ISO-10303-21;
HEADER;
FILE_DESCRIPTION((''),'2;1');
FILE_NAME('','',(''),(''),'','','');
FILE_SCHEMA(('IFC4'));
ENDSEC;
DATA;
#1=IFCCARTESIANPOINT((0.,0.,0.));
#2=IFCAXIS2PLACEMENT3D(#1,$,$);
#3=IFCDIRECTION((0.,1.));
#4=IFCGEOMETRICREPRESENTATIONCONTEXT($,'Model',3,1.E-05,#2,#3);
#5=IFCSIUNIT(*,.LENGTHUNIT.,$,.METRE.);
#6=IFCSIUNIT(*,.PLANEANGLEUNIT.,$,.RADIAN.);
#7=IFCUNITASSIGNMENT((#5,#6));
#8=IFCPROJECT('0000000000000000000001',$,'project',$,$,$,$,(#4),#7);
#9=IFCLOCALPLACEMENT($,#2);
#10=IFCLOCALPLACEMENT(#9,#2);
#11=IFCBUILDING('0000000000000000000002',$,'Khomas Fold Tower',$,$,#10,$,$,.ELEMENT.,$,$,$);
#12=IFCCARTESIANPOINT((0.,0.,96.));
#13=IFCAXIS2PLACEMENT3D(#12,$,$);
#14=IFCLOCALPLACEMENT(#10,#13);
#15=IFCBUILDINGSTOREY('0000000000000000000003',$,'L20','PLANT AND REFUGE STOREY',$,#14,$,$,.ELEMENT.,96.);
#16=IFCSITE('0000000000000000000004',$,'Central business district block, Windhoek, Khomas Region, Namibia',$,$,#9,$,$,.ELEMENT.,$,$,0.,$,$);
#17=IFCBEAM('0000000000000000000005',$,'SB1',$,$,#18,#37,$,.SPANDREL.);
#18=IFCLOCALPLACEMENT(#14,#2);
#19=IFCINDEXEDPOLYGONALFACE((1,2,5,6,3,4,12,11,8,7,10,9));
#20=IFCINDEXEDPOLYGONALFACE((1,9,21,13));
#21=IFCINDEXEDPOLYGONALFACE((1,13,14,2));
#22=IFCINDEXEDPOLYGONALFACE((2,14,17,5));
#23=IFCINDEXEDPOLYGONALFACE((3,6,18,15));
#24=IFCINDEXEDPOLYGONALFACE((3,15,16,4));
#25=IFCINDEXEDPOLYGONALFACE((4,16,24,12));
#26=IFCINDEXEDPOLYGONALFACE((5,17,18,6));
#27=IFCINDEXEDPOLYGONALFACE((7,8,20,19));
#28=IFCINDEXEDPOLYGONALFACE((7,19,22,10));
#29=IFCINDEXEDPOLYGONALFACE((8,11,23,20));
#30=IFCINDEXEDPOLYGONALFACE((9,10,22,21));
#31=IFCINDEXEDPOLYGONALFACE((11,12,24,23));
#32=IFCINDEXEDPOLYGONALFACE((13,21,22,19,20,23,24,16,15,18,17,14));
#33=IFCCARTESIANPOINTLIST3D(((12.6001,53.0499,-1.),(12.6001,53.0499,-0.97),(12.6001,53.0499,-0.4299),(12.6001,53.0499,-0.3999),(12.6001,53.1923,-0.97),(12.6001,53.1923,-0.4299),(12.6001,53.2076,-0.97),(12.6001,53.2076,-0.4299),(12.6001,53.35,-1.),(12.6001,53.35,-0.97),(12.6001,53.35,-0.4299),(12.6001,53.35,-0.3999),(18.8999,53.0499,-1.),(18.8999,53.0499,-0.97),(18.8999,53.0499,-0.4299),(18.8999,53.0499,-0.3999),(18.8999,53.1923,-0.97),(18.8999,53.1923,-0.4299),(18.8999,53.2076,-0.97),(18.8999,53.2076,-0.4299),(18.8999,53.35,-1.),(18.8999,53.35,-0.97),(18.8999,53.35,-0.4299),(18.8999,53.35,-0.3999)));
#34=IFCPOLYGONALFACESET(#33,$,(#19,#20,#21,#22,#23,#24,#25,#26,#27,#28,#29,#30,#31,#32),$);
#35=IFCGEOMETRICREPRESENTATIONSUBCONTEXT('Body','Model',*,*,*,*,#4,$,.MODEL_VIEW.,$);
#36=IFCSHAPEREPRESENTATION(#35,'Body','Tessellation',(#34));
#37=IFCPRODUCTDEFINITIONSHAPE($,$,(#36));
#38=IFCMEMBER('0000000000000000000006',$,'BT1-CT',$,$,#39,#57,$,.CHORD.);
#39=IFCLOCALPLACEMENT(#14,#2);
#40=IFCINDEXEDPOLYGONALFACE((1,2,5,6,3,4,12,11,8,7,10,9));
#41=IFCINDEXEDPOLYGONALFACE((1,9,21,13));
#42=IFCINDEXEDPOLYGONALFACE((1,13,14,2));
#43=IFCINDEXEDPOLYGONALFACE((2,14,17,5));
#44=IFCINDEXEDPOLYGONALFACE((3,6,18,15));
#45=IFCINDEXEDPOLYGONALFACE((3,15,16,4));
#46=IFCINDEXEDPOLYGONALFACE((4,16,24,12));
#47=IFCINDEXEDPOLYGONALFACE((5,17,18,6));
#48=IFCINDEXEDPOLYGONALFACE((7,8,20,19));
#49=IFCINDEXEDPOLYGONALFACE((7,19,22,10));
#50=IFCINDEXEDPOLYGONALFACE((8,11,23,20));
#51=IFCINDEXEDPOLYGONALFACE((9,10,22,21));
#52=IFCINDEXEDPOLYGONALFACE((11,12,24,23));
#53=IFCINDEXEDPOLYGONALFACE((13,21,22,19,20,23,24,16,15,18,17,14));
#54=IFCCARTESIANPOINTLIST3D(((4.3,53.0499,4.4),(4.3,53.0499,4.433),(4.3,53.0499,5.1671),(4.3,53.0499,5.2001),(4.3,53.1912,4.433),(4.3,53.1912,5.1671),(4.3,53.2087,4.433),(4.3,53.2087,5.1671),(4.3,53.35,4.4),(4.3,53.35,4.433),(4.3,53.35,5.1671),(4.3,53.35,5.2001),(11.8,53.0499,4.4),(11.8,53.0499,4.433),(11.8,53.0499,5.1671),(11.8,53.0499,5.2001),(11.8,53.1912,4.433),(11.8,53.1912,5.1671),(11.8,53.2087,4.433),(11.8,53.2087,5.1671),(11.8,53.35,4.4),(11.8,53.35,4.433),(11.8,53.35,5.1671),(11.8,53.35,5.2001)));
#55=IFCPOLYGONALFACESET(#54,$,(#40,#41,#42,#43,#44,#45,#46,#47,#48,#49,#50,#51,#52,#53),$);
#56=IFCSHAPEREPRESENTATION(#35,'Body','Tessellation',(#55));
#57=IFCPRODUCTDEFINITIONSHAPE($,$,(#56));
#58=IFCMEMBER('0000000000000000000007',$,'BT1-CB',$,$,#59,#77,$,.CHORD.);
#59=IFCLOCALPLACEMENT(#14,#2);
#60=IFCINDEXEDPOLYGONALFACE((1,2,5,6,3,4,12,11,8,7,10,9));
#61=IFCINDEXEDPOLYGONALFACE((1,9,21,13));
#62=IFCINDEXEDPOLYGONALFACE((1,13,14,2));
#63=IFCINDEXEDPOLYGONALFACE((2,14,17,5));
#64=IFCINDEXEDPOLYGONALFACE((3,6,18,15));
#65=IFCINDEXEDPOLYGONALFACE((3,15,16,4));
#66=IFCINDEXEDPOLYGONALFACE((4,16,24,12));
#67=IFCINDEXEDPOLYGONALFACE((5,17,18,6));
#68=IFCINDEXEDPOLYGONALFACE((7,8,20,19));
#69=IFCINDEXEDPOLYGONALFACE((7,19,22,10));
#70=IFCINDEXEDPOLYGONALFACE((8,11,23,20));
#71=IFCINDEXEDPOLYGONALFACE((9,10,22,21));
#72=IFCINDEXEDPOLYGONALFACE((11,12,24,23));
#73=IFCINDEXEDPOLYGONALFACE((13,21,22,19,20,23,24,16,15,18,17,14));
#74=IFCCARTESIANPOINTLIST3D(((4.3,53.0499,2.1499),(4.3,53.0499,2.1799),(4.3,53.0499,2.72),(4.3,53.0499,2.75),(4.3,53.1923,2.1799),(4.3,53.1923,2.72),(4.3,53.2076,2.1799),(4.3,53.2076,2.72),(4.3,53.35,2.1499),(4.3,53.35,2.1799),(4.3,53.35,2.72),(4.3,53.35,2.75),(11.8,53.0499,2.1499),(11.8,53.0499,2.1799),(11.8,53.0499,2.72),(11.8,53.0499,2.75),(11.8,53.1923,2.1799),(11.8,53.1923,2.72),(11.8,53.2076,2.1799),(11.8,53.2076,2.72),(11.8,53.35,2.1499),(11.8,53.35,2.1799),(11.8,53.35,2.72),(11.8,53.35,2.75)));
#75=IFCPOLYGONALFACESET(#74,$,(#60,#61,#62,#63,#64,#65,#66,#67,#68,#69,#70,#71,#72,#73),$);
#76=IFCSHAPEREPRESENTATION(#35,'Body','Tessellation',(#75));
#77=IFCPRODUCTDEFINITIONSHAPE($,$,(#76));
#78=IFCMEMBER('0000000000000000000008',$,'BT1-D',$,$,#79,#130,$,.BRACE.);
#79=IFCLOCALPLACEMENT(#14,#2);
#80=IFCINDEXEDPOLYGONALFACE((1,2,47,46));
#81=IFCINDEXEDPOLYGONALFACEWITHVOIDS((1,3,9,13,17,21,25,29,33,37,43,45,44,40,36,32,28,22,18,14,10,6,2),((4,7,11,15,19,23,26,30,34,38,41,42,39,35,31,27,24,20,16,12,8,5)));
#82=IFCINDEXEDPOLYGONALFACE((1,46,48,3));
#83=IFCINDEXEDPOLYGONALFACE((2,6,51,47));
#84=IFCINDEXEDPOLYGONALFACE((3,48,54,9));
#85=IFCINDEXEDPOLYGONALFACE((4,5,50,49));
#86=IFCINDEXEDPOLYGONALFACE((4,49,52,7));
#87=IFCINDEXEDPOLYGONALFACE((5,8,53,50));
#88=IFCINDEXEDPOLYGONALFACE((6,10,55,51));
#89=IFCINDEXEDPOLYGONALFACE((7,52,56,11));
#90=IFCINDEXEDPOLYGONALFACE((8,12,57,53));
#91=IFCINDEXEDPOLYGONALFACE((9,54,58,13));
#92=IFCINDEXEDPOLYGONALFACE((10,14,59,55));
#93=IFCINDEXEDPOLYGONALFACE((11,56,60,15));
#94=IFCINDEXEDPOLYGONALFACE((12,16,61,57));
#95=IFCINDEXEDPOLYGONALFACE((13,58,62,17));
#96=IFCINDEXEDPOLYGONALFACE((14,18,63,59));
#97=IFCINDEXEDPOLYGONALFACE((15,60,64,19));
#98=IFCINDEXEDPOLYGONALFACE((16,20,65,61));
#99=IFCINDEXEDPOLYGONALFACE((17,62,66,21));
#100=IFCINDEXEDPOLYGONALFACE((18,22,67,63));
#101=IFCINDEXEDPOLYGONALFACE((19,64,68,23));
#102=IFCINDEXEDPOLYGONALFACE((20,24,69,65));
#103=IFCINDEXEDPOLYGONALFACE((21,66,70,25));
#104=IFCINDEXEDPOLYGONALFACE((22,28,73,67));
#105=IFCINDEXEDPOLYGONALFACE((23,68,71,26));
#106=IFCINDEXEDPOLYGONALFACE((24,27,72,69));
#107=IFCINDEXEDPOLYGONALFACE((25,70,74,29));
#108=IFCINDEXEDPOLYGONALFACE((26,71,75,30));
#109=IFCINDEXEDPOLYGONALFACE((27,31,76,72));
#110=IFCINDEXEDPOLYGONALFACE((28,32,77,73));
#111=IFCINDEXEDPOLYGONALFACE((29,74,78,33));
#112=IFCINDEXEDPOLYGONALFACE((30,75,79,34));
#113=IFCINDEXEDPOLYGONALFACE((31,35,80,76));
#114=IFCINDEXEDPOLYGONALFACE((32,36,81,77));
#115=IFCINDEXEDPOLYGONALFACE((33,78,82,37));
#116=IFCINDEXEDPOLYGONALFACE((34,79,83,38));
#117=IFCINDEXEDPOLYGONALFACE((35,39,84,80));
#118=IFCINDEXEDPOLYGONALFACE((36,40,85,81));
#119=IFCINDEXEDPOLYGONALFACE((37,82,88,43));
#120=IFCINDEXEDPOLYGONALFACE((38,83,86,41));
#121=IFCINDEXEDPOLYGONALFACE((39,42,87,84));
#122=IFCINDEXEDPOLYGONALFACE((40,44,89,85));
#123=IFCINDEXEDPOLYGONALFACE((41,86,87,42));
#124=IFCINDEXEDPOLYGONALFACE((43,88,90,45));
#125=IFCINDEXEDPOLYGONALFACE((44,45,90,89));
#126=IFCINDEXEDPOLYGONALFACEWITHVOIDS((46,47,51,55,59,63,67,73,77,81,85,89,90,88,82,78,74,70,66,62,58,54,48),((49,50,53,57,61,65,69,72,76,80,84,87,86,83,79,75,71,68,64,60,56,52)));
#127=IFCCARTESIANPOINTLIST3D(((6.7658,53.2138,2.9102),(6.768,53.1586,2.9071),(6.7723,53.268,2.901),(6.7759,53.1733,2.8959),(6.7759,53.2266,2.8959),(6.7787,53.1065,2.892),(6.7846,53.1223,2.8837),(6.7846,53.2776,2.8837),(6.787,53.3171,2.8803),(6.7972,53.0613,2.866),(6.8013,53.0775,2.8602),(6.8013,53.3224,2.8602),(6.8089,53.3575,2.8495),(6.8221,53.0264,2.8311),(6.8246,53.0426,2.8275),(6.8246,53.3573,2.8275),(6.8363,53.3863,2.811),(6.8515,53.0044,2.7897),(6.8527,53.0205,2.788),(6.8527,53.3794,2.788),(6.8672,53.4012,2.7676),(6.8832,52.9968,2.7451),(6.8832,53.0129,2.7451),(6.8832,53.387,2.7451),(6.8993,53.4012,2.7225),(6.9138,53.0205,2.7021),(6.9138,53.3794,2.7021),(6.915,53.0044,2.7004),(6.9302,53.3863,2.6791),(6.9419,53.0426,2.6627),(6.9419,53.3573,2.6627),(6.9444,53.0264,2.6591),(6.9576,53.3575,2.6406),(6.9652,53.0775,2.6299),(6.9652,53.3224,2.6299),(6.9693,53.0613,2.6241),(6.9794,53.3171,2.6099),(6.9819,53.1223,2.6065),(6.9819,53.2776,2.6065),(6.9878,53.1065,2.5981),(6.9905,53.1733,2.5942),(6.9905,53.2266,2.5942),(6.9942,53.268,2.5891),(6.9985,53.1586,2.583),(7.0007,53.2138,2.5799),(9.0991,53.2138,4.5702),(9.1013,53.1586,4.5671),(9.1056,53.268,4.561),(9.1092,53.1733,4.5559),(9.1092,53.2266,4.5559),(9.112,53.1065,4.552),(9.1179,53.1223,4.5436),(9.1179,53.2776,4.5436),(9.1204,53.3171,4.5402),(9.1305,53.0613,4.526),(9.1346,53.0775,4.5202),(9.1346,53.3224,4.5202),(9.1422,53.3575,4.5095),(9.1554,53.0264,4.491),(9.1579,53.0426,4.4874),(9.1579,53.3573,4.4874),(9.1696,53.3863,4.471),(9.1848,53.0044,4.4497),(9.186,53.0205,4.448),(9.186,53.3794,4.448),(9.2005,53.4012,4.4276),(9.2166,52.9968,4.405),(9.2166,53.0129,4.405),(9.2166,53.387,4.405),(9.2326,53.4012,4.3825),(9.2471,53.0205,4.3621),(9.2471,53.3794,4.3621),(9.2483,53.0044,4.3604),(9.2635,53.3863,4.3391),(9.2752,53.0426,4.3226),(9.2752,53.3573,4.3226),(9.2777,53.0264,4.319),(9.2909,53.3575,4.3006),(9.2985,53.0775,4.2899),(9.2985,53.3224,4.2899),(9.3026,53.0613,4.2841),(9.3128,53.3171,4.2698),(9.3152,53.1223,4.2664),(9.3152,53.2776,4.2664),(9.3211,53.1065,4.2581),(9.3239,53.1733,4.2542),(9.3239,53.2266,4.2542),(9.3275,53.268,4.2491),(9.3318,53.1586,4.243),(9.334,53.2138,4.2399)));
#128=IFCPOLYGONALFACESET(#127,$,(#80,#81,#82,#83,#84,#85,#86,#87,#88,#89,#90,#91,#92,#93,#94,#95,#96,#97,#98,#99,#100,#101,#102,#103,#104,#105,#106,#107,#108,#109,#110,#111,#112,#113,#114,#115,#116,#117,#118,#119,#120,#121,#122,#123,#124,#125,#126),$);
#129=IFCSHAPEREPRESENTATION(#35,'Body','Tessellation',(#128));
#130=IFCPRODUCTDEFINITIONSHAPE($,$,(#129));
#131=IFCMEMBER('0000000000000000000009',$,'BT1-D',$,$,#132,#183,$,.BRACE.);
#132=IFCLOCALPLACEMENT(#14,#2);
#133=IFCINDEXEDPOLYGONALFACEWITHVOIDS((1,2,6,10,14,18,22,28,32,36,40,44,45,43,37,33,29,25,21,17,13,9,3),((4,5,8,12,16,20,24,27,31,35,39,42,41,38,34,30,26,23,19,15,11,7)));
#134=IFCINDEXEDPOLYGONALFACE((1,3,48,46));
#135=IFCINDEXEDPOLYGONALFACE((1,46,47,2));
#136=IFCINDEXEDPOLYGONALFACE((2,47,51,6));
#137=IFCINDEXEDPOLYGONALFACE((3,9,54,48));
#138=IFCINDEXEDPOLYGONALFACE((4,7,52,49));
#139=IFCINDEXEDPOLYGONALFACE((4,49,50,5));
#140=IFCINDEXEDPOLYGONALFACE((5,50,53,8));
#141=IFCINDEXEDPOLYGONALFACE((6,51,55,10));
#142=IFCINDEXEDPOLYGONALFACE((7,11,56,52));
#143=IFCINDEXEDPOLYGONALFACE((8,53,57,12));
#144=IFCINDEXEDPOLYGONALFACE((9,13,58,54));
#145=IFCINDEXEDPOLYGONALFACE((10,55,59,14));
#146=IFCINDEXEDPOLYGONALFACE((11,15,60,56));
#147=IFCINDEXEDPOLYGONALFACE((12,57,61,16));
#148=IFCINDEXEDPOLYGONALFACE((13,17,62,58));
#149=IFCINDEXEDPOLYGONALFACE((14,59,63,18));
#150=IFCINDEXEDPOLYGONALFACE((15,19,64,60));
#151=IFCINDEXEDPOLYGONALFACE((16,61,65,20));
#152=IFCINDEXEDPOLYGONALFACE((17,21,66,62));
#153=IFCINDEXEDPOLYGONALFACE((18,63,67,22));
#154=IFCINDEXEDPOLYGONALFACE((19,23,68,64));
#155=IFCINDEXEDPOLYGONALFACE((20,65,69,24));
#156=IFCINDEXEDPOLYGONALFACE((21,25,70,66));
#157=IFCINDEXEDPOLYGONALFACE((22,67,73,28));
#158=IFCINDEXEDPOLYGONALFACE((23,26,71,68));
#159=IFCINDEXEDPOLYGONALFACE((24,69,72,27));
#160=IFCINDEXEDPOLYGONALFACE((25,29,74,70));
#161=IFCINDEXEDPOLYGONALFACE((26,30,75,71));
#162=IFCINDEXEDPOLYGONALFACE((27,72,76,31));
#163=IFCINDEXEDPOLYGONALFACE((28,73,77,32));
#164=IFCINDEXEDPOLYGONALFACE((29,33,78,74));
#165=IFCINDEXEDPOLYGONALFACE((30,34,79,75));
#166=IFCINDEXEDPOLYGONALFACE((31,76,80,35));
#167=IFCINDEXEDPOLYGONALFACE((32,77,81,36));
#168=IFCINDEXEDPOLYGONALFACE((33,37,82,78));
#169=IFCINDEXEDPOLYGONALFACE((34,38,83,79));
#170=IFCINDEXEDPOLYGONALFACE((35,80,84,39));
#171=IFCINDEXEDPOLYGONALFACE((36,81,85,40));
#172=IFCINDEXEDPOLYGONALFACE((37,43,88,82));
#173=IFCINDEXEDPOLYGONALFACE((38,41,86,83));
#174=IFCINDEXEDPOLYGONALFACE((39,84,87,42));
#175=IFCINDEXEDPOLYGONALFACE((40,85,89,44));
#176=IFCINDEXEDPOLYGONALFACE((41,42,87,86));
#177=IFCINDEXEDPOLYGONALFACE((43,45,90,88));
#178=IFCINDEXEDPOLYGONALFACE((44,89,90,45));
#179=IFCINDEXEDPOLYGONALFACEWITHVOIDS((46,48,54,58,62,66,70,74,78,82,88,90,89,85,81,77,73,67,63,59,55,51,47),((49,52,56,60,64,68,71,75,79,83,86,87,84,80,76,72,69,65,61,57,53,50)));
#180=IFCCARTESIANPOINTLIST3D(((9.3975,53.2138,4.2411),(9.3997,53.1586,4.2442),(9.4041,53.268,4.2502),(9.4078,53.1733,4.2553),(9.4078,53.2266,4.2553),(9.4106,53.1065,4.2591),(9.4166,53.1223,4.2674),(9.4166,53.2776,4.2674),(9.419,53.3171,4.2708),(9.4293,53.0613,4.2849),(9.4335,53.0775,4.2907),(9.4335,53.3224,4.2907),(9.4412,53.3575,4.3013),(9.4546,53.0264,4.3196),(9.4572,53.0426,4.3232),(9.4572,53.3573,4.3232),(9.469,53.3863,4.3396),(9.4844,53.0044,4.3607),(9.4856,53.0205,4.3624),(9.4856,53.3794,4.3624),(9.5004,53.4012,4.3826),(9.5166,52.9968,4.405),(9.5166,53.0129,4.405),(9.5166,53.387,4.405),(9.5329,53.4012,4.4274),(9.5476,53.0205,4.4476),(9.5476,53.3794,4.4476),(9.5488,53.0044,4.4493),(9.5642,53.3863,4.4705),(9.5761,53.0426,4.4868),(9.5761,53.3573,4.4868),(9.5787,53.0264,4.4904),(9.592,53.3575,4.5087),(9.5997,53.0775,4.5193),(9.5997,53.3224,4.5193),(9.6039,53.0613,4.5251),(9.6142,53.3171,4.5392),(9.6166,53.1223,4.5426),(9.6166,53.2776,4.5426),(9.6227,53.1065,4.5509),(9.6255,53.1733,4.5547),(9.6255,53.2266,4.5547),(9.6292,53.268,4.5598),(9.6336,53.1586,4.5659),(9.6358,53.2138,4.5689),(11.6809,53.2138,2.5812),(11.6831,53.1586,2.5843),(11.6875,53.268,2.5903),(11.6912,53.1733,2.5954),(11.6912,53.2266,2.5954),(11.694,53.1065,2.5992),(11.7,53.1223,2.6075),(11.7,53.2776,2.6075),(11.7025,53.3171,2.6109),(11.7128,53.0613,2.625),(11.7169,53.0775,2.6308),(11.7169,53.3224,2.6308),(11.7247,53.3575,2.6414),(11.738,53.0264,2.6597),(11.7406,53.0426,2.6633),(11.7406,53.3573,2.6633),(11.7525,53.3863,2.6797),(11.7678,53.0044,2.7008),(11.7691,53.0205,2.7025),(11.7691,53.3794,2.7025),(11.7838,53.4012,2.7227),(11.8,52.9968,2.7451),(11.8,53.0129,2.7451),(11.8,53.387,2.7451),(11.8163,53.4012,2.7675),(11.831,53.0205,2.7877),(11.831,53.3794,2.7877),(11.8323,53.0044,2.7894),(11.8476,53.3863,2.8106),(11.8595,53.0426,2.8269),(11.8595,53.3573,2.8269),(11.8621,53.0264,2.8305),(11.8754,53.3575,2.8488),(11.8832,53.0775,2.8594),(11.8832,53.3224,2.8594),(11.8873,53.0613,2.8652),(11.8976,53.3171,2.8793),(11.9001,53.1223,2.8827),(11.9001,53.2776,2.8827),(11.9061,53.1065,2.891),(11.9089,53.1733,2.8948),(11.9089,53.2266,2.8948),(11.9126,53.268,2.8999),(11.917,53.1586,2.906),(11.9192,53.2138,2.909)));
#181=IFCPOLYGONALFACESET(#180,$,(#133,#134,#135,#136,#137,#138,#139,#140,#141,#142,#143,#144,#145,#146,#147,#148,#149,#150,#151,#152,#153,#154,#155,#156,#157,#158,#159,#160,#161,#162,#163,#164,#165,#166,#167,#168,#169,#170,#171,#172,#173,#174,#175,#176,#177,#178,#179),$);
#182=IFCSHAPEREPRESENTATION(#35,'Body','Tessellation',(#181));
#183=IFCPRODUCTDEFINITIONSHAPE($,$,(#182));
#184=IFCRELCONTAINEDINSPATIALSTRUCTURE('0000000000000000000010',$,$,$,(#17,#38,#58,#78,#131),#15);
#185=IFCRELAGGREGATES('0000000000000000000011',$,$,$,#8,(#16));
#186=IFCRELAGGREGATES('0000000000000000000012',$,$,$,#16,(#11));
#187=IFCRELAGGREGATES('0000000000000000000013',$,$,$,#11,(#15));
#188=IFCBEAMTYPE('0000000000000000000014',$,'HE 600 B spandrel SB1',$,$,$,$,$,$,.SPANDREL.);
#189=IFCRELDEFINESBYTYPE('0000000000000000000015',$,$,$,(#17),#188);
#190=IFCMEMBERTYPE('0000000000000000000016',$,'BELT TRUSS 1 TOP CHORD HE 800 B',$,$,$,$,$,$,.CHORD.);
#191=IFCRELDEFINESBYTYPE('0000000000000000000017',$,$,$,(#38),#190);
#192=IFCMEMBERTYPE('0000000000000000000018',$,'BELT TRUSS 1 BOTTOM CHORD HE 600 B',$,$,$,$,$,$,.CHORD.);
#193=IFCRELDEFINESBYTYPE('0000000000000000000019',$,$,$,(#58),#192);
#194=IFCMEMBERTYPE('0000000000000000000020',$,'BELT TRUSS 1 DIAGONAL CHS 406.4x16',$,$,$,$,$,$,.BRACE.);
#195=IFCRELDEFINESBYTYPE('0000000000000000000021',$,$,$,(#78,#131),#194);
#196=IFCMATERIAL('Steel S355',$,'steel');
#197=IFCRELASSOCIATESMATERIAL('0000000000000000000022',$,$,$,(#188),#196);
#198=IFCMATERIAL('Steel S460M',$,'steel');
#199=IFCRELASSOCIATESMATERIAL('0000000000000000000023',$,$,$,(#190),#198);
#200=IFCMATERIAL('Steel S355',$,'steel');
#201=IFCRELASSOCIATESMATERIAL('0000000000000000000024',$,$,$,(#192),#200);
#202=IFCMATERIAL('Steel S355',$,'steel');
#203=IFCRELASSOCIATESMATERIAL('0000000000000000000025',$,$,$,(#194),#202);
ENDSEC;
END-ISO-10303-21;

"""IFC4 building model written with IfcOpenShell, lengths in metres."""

from ifc_helpers import new_model, si_unit, direction, frame, origin, origin_2d, place, context, subcontext, project, spatial, hollow_circle, i_section, extrude, source, transform, mapped, material, material_profile, profile_set, type_object, element, save


model = new_model("IFC4")

# Units and contexts
model_context = context("Model", 3, precision=1e-05, world=origin(), true_north=direction((0.0, 1.0)))
body_context = subcontext(model_context, "Body", "Model", "MODEL_VIEW")
ifc_project = project(units=[si_unit("LENGTHUNIT", "METRE"), si_unit("PLANEANGLEUNIT", "RADIAN")], contexts=[model_context])

# Site, building, storey
site_placement = place(None, origin())
site = spatial("IfcSite", under=ifc_project, at=site_placement, Name="Central business district block, Windhoek, Khomas Region, Namibia", CompositionType="ELEMENT", RefElevation=0.0)
building_placement = place(site_placement, origin())
building = spatial("IfcBuilding", under=site, at=building_placement, Name="Khomas Fold Tower", CompositionType="ELEMENT")
storey_placement = place(building_placement, frame((0.0, 0.0, 96.0)))
storey = spatial("IfcBuildingStorey", under=building, at=storey_placement, Name="L20", Description="PLANT AND REFUGE STOREY", CompositionType="ELEMENT", Elevation=96.0)

# Beam
ifc_material_1 = material(Name="Steel S355", Category="steel")
ifc_material_profile_1 = material_profile(ifc_material_1, i_section(OverallWidth=0.3, OverallDepth=0.6001, WebThickness=0.0154, FlangeThickness=0.03, at=origin_2d()), Name="HE 600 B")
ifc_profile_set_1 = profile_set([ifc_material_profile_1], Name="Steel S355")
beam_type_1 = type_object("IfcBeamType", Name="HE 600 B spandrel SB1", PredefinedType="SPANDREL", material=ifc_profile_set_1)
shared_shape_1 = source(origin(), body_context, "Body", "SweptSolid", [
    extrude(i_section(OverallWidth=0.3, OverallDepth=0.6001, WebThickness=0.0154, FlangeThickness=0.03, at=origin_2d()), origin(), (0.0, 0.0, 1.0), 6.2998),
])
beam_1_placement = place(storey_placement, frame((12.6001, 53.2, -0.7), z_axis=(1.0, 0.0, 0.0), x_axis=(0.0, 1.0, 0.0)))
element("IfcBeam", 1, at=beam_1_placement, inside=storey, type_object=beam_type_1, Name="SB1", PredefinedType="SPANDREL", context=body_context, shape_type="MappedRepresentation", body=[
    mapped(shared_shape_1, transform((0.0, 0.0, 0.0))),
])

# Members
ifc_material_2 = material(Name="Steel S460M", Category="steel")
ifc_material_profile_2 = material_profile(ifc_material_2, i_section(OverallWidth=0.3, OverallDepth=0.8, WebThickness=0.0176, FlangeThickness=0.033, at=origin_2d()), Name="HE 800 B")
ifc_profile_set_2 = profile_set([ifc_material_profile_2], Name="Steel S460M")
member_type_1 = type_object("IfcMemberType", Name="BELT TRUSS 1 TOP CHORD HE 800 B", PredefinedType="CHORD", material=ifc_profile_set_2)
shared_shape_2 = source(origin(), body_context, "Body", "SweptSolid", [
    extrude(i_section(OverallWidth=0.3, OverallDepth=0.8, WebThickness=0.0176, FlangeThickness=0.033, at=origin_2d()), origin(), (0.0, 0.0, 1.0), 7.5),
])
member_1_placement = place(storey_placement, frame((11.8, 53.2, 4.8), z_axis=(-1.0, 0.0, 0.0), x_axis=(0.0, -1.0, 0.0)))
element("IfcMember", 2, at=member_1_placement, inside=storey, type_object=member_type_1, Name="BT1-CT", PredefinedType="CHORD", context=body_context, shape_type="MappedRepresentation", body=[
    mapped(shared_shape_2, transform((0.0, 0.0, 0.0))),
])
ifc_material_3 = material(Name="Steel S355", Category="steel")
ifc_material_profile_3 = material_profile(ifc_material_3, i_section(OverallWidth=0.3, OverallDepth=0.6001, WebThickness=0.0154, FlangeThickness=0.03, at=origin_2d()), Name="HE 600 B")
ifc_profile_set_3 = profile_set([ifc_material_profile_3], Name="Steel S355")
member_type_2 = type_object("IfcMemberType", Name="BELT TRUSS 1 BOTTOM CHORD HE 600 B", PredefinedType="CHORD", material=ifc_profile_set_3)
shared_shape_3 = source(origin(), body_context, "Body", "SweptSolid", [
    extrude(i_section(OverallWidth=0.3, OverallDepth=0.6001, WebThickness=0.0154, FlangeThickness=0.03, at=origin_2d()), origin(), (0.0, 0.0, 1.0), 7.5),
])
member_2_placement = place(storey_placement, frame((11.8, 53.2, 2.45), z_axis=(-1.0, 0.0, 0.0), x_axis=(0.0, -1.0, 0.0)))
element("IfcMember", 3, at=member_2_placement, inside=storey, type_object=member_type_2, Name="BT1-CB", PredefinedType="CHORD", context=body_context, shape_type="MappedRepresentation", body=[
    mapped(shared_shape_3, transform((0.0, 0.0, 0.0))),
])
ifc_material_4 = material(Name="Steel S355", Category="steel")
ifc_material_profile_4 = material_profile(ifc_material_4, hollow_circle(Radius=0.2031, WallThickness=0.0161, at=origin_2d()), Name="CHS 406.4x16")
ifc_profile_set_4 = profile_set([ifc_material_profile_4], Name="Steel S355")
member_type_3 = type_object("IfcMemberType", Name="BELT TRUSS 1 DIAGONAL CHS 406.4x16", PredefinedType="BRACE", material=ifc_profile_set_4)
shared_shape_4 = source(origin(), body_context, "Body", "SweptSolid", [
    extrude(hollow_circle(Radius=0.2031, WallThickness=0.0161, at=origin_2d()), origin(), (0.0, 0.0, 1.0), 2.8635),
])
member_3_placement = place(storey_placement, frame((9.2166, 53.2, 4.405), z_axis=(-0.814838, 0.0, -0.579689), x_axis=(0.0, -1.0, 0.0)))
element("IfcMember", 4, at=member_3_placement, inside=storey, type_object=member_type_3, Name="BT1-D", PredefinedType="BRACE", context=body_context, shape_type="MappedRepresentation", body=[
    mapped(shared_shape_4, transform((0.0, 0.0, 0.0))),
])
shared_shape_5 = source(origin(), body_context, "Body", "SweptSolid", [
    extrude(hollow_circle(Radius=0.2031, WallThickness=0.0161, at=origin_2d()), origin(), (0.0, 0.0, 1.0), 2.823),
])
member_4_placement = place(storey_placement, frame((11.8, 53.2, 2.7451), z_axis=(-0.808867, 0.0, 0.587992), x_axis=(0.0, -1.0, 0.0)))
element("IfcMember", 5, at=member_4_placement, inside=storey, type_object=member_type_3, Name="BT1-D", PredefinedType="BRACE", context=body_context, shape_type="MappedRepresentation", body=[
    mapped(shared_shape_5, transform((0.0, 0.0, 0.0))),
])

save(model, "model.ifc")
